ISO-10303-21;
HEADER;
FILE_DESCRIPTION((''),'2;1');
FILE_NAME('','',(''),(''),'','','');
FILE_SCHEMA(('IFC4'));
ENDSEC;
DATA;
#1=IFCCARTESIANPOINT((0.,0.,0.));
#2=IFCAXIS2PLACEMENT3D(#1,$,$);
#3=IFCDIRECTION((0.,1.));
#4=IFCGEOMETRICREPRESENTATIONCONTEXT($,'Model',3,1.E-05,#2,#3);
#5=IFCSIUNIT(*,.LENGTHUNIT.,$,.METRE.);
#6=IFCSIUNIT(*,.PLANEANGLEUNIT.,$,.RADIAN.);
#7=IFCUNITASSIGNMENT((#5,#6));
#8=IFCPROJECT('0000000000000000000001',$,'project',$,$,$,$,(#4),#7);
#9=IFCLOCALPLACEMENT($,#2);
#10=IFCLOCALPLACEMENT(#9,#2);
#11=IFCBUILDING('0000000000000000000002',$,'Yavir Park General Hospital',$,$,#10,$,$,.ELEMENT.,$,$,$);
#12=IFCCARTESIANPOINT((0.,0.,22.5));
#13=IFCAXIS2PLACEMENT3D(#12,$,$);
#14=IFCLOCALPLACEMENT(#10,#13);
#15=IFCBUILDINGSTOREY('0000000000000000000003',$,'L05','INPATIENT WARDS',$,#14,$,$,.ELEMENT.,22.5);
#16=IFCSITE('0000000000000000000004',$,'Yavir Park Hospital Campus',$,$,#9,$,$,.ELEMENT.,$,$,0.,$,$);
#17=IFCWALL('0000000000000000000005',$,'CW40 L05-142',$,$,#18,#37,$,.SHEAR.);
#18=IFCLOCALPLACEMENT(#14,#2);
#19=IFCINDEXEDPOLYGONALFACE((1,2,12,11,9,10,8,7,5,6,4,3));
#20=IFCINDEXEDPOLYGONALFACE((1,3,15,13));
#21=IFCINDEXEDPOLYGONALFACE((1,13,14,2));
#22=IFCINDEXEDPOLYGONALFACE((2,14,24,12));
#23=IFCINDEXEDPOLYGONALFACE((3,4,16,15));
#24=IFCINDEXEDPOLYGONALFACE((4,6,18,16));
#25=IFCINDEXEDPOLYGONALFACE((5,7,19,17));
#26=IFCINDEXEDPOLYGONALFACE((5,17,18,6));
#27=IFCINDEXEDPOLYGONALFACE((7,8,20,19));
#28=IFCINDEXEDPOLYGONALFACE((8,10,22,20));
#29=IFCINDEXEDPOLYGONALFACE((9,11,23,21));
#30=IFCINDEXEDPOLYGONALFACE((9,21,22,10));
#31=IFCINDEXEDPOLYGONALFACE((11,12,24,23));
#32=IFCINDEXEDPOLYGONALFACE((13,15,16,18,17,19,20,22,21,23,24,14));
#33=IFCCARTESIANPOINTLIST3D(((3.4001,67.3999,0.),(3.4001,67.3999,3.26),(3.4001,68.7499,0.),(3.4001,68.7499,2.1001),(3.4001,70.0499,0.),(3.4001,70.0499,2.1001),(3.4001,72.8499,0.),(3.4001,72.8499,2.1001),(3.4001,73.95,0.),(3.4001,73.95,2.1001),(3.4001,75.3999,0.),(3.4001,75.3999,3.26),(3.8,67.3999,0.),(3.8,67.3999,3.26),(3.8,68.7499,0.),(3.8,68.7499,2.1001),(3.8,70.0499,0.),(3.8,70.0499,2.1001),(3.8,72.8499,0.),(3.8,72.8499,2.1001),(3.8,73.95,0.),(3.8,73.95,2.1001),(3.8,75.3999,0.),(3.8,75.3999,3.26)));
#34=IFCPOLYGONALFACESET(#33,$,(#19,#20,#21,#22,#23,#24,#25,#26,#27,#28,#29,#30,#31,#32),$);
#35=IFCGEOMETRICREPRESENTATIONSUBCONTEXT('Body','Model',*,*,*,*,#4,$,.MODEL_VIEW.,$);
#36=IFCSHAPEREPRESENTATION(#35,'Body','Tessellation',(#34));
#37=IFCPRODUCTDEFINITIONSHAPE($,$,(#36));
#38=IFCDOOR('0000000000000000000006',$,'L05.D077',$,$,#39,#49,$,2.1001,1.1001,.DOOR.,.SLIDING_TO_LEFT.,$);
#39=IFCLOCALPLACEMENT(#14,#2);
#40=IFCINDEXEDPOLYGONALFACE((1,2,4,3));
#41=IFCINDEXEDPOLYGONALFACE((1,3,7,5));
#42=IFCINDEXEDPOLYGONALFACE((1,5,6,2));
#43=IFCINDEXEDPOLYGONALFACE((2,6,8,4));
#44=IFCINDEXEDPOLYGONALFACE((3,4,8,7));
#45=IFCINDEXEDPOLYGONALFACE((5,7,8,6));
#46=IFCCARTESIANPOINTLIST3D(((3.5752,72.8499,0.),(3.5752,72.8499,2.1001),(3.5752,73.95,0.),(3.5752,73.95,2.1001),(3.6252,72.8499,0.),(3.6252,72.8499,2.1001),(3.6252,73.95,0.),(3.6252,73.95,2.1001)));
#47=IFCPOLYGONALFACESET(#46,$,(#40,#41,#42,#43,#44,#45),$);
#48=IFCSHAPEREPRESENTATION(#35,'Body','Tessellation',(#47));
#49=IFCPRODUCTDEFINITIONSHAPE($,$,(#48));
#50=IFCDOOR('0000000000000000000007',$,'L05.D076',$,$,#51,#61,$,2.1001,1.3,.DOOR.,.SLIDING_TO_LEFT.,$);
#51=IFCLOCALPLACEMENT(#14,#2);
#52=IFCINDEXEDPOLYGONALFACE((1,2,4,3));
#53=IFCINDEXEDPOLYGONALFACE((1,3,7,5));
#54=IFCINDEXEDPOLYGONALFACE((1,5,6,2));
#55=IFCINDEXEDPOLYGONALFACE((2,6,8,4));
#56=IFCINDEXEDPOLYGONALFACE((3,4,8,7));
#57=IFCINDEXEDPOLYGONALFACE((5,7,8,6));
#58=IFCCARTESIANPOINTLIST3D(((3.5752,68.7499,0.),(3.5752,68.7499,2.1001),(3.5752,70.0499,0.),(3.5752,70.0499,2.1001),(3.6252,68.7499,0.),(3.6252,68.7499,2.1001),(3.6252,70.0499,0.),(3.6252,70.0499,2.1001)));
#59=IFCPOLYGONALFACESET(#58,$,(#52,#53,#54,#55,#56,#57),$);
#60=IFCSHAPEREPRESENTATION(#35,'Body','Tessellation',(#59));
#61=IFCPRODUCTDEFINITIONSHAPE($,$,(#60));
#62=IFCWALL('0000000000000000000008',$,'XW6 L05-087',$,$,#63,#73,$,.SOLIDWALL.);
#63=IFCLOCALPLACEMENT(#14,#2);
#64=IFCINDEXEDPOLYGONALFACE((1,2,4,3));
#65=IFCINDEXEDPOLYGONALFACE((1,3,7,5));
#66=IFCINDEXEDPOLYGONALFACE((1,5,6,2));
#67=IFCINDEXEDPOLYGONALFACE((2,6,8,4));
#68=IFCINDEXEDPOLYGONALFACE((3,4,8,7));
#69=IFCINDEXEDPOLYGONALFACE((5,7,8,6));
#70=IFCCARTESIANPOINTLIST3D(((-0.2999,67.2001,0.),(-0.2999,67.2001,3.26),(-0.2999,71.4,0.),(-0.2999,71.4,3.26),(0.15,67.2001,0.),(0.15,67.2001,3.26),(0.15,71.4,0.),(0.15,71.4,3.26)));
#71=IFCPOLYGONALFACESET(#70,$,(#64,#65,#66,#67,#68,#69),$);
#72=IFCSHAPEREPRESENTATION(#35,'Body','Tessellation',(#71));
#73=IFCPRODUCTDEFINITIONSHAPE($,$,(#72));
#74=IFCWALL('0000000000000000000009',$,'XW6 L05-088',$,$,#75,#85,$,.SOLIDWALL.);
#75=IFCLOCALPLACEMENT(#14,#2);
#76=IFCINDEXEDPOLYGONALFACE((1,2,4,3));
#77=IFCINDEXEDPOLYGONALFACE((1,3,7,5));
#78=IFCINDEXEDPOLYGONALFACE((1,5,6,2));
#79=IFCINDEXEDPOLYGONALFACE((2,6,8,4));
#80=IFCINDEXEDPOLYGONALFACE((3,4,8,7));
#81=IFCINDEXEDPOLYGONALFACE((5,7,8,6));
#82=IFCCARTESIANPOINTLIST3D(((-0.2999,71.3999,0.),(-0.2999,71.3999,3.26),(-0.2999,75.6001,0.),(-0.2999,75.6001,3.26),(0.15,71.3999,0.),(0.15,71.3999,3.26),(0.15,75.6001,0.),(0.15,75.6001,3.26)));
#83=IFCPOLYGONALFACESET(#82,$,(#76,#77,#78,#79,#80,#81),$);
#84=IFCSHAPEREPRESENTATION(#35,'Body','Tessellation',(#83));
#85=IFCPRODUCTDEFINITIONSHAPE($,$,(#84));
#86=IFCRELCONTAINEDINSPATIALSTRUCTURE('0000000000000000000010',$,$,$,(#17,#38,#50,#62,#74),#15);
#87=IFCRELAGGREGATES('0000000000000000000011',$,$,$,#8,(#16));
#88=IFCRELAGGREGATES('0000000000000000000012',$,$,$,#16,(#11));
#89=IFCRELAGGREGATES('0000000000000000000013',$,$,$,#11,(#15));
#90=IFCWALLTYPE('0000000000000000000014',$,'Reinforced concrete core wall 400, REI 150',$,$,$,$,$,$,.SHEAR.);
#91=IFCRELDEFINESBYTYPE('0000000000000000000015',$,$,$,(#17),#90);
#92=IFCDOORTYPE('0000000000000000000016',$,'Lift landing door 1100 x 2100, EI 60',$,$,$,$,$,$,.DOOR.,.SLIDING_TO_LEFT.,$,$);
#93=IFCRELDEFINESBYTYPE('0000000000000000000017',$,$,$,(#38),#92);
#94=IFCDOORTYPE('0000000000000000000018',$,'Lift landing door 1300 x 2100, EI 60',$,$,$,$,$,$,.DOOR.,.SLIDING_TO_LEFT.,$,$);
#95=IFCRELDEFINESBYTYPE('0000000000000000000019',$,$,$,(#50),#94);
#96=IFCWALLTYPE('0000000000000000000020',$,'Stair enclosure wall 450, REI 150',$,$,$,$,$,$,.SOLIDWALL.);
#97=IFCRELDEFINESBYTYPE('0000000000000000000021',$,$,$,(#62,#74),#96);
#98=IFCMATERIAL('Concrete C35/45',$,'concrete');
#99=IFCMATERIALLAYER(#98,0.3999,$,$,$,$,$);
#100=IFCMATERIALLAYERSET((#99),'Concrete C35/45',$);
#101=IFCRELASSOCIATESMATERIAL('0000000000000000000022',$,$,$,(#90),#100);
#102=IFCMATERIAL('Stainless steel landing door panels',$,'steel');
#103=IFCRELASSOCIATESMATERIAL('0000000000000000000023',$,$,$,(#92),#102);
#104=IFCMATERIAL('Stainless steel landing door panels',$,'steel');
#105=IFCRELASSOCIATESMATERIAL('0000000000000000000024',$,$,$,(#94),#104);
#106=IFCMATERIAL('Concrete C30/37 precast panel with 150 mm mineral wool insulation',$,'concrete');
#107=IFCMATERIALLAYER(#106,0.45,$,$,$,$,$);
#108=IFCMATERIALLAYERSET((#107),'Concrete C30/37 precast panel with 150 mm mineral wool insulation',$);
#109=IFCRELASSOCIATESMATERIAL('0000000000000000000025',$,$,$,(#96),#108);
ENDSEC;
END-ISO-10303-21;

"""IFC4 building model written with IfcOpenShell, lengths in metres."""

from ifc_helpers import new_model, si_unit, direction, frame, frame_2d, origin, place, context, subcontext, project, spatial, rectangle, extrude, material, layer, layer_set, type_object, element, fill, save


model = new_model("IFC4")

# Units and contexts
model_context = context("Model", 3, precision=1e-05, world=origin(), true_north=direction((0.0, 1.0)))
body_context = subcontext(model_context, "Body", "Model", "MODEL_VIEW")
ifc_project = project(units=[si_unit("LENGTHUNIT", "METRE"), si_unit("PLANEANGLEUNIT", "RADIAN")], contexts=[model_context])

# Site, building, storey
site_placement = place(None, origin())
site = spatial("IfcSite", under=ifc_project, at=site_placement, Name="Yavir Park Hospital Campus", CompositionType="ELEMENT", RefElevation=0.0)
building_placement = place(site_placement, origin())
building = spatial("IfcBuilding", under=site, at=building_placement, Name="Yavir Park General Hospital", CompositionType="ELEMENT")
storey_placement = place(building_placement, frame((0.0, 0.0, 22.5)))
storey = spatial("IfcBuildingStorey", under=building, at=storey_placement, Name="L05", Description="INPATIENT WARDS", CompositionType="ELEMENT", Elevation=22.5)

# Shared definitions
ifc_material_1 = material(Name="Concrete C35/45", Category="concrete")
ifc_layer_1 = layer(ifc_material_1, 0.3999)
ifc_layer_set_1 = layer_set([ifc_layer_1], Name="Concrete C35/45")
wall_type_1 = type_object("IfcWallType", Name="Reinforced concrete core wall 400, REI 150", PredefinedType="SHEAR", material=ifc_layer_set_1)

# Wall, openings, doors
wall_1_placement = place(storey_placement, frame((3.6001, 67.3999, 0.0), z_axis=(0.0, 0.0, 1.0), x_axis=(0.0, 1.0, 0.0)))
wall_1 = element("IfcWall", 1, at=wall_1_placement, inside=storey, type_object=wall_type_1, Name="CW40 L05-142", PredefinedType="SHEAR", context=body_context, shape_type="SweptSolid", body=[
    extrude(rectangle(XDim=8.0, YDim=0.3999, at=frame_2d((4.0, 0.0))), origin(), (0.0, 0.0, 1.0), 3.26),
])
opening_1_placement = place(wall_1_placement, frame((1.3501, 0.0, 0.0)))
opening_1 = element("IfcOpeningElement", 2, at=opening_1_placement, cuts=wall_1, PredefinedType="OPENING", context=body_context, shape_type="SweptSolid", body=[
    extrude(rectangle(XDim=1.3, YDim=2.1001, at=frame_2d((0.6499, 1.05))), frame((0.0, 0.21, 0.0), z_axis=(0.0, -1.0, 0.0), x_axis=(1.0, 0.0, 0.0)), (0.0, 0.0, 1.0), 0.4199),
])
opening_2_placement = place(wall_1_placement, frame((5.45, 0.0, 0.0)))
opening_2 = element("IfcOpeningElement", 3, at=opening_2_placement, cuts=wall_1, PredefinedType="OPENING", context=body_context, shape_type="SweptSolid", body=[
    extrude(rectangle(XDim=1.1001, YDim=2.1001, at=frame_2d((0.55, 1.05))), frame((0.0, 0.21, 0.0), z_axis=(0.0, -1.0, 0.0), x_axis=(1.0, 0.0, 0.0)), (0.0, 0.0, 1.0), 0.4199),
])
ifc_material_2 = material(Name="Stainless steel landing door panels", Category="steel")
door_type_1 = type_object("IfcDoorType", Name="Lift landing door 1100 x 2100, EI 60", OperationType="SLIDING_TO_LEFT", PredefinedType="DOOR", material=ifc_material_2)
door_1_placement = place(opening_2_placement, origin())
door_1 = element("IfcDoor", 4, at=door_1_placement, inside=storey, type_object=door_type_1, Name="L05.D077", OperationType="SLIDING_TO_LEFT", OverallHeight=2.1001, OverallWidth=1.1001, PredefinedType="DOOR", context=body_context, shape_type="SweptSolid", body=[
    extrude(rectangle(XDim=1.1001, YDim=2.1001, at=frame_2d((0.55, 1.05))), frame((0.0, 0.0249, 0.0), z_axis=(0.0, -1.0, 0.0), x_axis=(1.0, 0.0, 0.0)), (0.0, 0.0, 1.0), 0.05),
])
fill(opening_2, door_1)
ifc_material_3 = material(Name="Stainless steel landing door panels", Category="steel")
door_type_2 = type_object("IfcDoorType", Name="Lift landing door 1300 x 2100, EI 60", OperationType="SLIDING_TO_LEFT", PredefinedType="DOOR", material=ifc_material_3)
door_2_placement = place(opening_1_placement, origin())
door_2 = element("IfcDoor", 5, at=door_2_placement, inside=storey, type_object=door_type_2, Name="L05.D076", OperationType="SLIDING_TO_LEFT", OverallHeight=2.1001, OverallWidth=1.3, PredefinedType="DOOR", context=body_context, shape_type="SweptSolid", body=[
    extrude(rectangle(XDim=1.3, YDim=2.1001, at=frame_2d((0.6499, 1.05))), frame((0.0, 0.0249, 0.0), z_axis=(0.0, -1.0, 0.0), x_axis=(1.0, 0.0, 0.0)), (0.0, 0.0, 1.0), 0.05),
])
fill(opening_1, door_2)

# Walls
ifc_material_4 = material(Name="Concrete C30/37 precast panel with 150 mm mineral wool insulation", Category="concrete")
ifc_layer_2 = layer(ifc_material_4, 0.45)
ifc_layer_set_2 = layer_set([ifc_layer_2], Name="Concrete C30/37 precast panel with 150 mm mineral wool insulation")
wall_type_2 = type_object("IfcWallType", Name="Stair enclosure wall 450, REI 150", PredefinedType="SOLIDWALL", material=ifc_layer_set_2)
wall_2_placement = place(storey_placement, frame((-0.075, 67.2, 0.0), z_axis=(0.0, 0.0, 1.0), x_axis=(0.0, 1.0, 0.0)))
element("IfcWall", 6, at=wall_2_placement, inside=storey, type_object=wall_type_2, Name="XW6 L05-087", PredefinedType="SOLIDWALL", context=body_context, shape_type="SweptSolid", body=[
    extrude(rectangle(XDim=4.2, YDim=0.45, at=frame_2d((2.1001, 0.0))), origin(), (0.0, 0.0, 1.0), 3.26),
])
wall_3_placement = place(storey_placement, frame((-0.075, 71.3999, 0.0), z_axis=(0.0, 0.0, 1.0), x_axis=(0.0, 1.0, 0.0)))
element("IfcWall", 7, at=wall_3_placement, inside=storey, type_object=wall_type_2, Name="XW6 L05-088", PredefinedType="SOLIDWALL", context=body_context, shape_type="SweptSolid", body=[
    extrude(rectangle(XDim=4.2002, YDim=0.45, at=frame_2d((2.1001, 0.0))), origin(), (0.0, 0.0, 1.0), 3.26),
])

save(model, "model.ifc")
